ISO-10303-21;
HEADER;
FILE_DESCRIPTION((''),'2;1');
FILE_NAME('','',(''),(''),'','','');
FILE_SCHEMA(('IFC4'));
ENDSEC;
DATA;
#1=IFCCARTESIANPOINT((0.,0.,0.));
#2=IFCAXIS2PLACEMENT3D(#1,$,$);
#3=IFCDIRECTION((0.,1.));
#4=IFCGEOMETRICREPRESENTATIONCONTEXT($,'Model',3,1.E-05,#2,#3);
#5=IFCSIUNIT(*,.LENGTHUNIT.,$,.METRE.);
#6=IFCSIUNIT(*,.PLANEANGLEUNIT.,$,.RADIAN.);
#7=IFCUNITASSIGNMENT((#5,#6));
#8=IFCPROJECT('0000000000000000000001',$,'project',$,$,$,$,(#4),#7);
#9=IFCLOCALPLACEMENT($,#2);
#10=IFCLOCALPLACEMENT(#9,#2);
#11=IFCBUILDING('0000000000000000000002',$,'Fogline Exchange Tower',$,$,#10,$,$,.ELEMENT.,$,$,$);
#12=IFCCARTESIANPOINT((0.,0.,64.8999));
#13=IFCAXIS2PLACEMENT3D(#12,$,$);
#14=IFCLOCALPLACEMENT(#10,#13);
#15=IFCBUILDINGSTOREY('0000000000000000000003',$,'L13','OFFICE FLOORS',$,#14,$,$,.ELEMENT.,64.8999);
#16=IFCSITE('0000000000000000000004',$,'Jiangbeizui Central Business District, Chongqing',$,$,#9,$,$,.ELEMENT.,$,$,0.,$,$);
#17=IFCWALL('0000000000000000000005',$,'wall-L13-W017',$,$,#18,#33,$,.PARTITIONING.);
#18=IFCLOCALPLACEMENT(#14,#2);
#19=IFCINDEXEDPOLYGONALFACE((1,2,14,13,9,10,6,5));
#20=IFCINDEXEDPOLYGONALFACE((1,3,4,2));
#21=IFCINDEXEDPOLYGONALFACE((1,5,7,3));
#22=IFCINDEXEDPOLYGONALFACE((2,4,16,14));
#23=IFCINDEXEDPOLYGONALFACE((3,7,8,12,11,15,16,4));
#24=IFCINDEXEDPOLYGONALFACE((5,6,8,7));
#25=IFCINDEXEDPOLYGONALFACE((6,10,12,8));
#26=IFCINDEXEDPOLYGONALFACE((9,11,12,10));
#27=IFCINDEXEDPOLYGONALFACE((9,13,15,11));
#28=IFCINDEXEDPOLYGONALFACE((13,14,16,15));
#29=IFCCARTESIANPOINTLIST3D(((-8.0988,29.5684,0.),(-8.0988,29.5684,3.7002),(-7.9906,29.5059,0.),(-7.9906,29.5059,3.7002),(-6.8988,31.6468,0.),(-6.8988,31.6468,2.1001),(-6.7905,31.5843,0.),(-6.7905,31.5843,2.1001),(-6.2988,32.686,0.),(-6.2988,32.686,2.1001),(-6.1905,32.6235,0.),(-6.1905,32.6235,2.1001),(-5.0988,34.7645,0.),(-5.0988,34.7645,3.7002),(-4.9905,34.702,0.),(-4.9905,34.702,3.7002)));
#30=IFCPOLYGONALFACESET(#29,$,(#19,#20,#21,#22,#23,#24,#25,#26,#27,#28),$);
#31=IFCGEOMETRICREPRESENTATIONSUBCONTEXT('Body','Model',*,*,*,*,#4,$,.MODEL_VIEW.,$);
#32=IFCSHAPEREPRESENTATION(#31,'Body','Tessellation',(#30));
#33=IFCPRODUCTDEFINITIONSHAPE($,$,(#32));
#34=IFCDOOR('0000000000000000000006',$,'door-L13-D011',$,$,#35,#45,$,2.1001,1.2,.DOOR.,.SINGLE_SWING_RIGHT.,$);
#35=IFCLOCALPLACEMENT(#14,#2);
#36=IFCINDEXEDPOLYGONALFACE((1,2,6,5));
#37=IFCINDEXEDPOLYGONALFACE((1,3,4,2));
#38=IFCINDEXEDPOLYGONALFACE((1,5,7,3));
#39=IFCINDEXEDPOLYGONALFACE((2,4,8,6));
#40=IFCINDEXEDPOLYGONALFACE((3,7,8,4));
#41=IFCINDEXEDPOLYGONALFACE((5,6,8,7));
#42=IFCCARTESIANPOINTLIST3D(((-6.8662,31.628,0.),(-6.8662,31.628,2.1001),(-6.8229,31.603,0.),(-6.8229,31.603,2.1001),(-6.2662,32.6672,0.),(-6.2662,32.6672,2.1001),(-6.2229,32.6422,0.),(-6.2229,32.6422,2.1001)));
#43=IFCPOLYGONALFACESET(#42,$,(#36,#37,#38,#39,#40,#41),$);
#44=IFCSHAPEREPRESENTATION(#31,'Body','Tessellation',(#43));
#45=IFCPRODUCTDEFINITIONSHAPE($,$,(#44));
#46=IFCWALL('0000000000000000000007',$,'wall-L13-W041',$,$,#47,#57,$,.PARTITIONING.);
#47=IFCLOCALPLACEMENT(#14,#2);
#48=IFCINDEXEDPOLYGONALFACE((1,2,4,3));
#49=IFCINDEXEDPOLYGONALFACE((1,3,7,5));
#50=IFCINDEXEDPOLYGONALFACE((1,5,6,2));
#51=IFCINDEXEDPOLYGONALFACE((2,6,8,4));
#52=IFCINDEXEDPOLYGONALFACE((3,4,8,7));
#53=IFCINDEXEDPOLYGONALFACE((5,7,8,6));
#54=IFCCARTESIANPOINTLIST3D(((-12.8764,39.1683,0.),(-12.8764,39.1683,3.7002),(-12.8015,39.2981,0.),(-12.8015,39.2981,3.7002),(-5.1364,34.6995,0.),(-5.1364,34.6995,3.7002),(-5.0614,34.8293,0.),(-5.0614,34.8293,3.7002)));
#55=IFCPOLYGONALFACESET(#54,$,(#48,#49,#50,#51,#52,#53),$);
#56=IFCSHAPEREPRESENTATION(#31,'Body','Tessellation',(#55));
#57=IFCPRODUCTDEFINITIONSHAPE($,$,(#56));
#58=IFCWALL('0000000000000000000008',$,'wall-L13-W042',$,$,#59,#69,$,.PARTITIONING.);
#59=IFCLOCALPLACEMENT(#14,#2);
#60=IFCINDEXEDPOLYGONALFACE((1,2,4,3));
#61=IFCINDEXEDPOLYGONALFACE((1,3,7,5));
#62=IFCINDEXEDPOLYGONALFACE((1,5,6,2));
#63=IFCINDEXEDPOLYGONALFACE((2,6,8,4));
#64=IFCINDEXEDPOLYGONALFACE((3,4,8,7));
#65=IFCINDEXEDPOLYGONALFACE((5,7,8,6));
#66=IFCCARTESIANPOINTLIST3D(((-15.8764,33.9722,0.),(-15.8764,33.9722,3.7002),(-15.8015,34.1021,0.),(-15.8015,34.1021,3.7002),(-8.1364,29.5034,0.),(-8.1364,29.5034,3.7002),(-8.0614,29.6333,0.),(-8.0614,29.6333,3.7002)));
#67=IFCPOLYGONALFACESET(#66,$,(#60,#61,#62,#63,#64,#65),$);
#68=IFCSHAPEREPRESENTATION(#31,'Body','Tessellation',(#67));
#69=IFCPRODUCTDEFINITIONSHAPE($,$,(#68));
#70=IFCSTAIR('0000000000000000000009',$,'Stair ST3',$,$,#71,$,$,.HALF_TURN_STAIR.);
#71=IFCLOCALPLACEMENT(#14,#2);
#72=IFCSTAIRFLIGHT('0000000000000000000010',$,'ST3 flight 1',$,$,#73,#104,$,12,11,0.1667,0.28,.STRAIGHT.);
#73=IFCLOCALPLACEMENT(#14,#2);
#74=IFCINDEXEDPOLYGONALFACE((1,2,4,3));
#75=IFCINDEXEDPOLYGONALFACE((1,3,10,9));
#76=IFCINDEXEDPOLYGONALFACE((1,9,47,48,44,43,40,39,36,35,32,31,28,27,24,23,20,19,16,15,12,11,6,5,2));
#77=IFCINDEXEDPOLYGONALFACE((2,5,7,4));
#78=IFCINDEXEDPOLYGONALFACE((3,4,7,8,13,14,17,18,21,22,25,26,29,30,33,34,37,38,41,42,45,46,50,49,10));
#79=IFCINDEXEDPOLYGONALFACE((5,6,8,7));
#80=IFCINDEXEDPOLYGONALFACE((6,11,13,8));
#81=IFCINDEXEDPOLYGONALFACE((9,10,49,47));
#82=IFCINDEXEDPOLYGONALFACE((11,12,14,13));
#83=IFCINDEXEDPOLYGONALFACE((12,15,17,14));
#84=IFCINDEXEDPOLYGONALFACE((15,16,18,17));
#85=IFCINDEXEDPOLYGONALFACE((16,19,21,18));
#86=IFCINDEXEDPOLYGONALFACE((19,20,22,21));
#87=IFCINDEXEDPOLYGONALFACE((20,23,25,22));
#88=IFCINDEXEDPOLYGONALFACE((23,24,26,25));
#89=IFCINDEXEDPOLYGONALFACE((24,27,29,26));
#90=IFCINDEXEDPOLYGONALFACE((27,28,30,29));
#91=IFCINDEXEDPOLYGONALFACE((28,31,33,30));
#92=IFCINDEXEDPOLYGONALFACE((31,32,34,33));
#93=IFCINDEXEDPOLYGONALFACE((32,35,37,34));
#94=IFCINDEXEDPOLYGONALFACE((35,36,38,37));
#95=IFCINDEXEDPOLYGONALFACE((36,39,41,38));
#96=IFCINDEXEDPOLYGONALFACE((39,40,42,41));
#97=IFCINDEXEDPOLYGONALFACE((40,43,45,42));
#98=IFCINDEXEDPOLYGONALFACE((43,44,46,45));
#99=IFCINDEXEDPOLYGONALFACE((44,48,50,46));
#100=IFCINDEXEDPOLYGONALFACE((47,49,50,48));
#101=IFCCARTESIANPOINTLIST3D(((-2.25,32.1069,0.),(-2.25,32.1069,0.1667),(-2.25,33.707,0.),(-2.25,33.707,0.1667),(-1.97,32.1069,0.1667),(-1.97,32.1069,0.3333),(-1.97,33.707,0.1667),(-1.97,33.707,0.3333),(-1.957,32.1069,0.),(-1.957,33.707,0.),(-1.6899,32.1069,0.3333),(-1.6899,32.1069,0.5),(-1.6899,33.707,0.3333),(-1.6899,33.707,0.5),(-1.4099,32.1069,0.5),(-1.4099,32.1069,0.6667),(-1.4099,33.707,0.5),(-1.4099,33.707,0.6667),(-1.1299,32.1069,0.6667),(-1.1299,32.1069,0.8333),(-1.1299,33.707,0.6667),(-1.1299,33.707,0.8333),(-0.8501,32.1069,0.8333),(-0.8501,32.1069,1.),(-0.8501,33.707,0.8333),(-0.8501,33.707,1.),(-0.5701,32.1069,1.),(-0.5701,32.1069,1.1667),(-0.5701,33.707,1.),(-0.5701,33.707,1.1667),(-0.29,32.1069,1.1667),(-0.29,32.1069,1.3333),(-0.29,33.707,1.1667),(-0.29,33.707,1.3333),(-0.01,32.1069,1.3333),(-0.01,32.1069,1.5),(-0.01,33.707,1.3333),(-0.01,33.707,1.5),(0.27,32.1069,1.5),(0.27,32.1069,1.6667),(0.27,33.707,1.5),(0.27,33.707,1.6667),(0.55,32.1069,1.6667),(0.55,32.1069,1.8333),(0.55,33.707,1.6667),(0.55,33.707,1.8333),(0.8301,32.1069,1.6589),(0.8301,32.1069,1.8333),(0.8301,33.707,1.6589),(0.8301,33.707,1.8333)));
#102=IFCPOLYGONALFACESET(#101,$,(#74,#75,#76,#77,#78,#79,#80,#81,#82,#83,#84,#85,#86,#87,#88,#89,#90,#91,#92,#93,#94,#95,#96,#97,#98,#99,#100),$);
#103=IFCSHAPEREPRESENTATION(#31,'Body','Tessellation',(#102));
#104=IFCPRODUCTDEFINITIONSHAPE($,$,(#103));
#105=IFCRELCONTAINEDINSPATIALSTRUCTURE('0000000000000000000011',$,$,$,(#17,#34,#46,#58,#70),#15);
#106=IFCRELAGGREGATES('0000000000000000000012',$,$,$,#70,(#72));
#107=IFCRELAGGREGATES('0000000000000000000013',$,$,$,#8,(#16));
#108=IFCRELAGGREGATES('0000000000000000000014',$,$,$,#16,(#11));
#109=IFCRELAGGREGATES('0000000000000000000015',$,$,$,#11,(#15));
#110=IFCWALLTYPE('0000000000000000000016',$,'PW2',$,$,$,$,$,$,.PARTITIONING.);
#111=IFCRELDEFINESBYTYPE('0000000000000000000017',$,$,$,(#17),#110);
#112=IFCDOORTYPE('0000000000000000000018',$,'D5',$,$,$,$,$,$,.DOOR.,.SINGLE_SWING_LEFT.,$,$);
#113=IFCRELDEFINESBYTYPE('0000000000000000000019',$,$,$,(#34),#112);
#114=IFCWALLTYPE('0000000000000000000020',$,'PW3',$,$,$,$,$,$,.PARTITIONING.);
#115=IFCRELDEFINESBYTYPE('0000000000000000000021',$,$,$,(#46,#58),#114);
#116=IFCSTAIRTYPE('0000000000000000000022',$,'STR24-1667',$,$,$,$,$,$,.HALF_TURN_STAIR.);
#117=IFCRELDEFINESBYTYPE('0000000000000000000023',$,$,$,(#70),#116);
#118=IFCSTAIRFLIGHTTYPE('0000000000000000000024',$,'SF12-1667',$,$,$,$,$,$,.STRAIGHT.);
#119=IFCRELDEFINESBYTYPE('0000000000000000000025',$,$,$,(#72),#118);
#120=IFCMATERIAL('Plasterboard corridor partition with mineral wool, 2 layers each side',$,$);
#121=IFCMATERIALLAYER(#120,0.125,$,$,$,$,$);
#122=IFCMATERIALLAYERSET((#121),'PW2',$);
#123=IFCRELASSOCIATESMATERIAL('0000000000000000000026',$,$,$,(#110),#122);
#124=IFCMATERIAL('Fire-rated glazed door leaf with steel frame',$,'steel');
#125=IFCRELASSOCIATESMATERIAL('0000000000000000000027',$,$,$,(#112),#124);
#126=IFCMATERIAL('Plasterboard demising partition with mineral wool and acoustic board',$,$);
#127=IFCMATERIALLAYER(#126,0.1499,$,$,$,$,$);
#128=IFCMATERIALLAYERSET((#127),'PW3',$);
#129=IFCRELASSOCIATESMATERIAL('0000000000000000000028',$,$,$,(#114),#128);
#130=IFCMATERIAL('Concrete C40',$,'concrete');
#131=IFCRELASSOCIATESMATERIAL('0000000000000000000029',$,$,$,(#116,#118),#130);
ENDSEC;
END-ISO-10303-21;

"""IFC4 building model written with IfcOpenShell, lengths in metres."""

from ifc_helpers import new_model, si_unit, direction, frame, frame_2d, origin, place, context, subcontext, project, spatial, polyline, rectangle, outline, extrude, material, layer, layer_set, type_object, element, fill, aggregate, save


model = new_model("IFC4")

# Units and contexts
model_context = context("Model", 3, precision=1e-05, world=origin(), true_north=direction((0.0, 1.0)))
body_context = subcontext(model_context, "Body", "Model", "MODEL_VIEW")
ifc_project = project(units=[si_unit("LENGTHUNIT", "METRE"), si_unit("PLANEANGLEUNIT", "RADIAN")], contexts=[model_context])

# Site, building, storey
site_placement = place(None, origin())
site = spatial("IfcSite", under=ifc_project, at=site_placement, Name="Jiangbeizui Central Business District, Chongqing", CompositionType="ELEMENT", RefElevation=0.0)
building_placement = place(site_placement, origin())
building = spatial("IfcBuilding", under=site, at=building_placement, Name="Fogline Exchange Tower", CompositionType="ELEMENT")
storey_placement = place(building_placement, frame((0.0, 0.0, 64.8999)))
storey = spatial("IfcBuildingStorey", under=building, at=storey_placement, Name="L13", Description="OFFICE FLOORS", CompositionType="ELEMENT", Elevation=64.8999)

# Shared definitions
ifc_material_1 = material(Name="Concrete C40", Category="concrete")

# Wall, opening, door
ifc_material_2 = material(Name="Plasterboard corridor partition with mineral wool, 2 layers each side")
ifc_layer_1 = layer(ifc_material_2, 0.125)
ifc_layer_set_1 = layer_set([ifc_layer_1], Name="PW2")
wall_type_1 = type_object("IfcWallType", Name="PW2", PredefinedType="PARTITIONING", material=ifc_layer_set_1)
wall_1_placement = place(storey_placement, frame((-8.0447, 29.5371, 0.0), z_axis=(0.0, 0.0, 1.0), x_axis=(0.500008, 0.866021, 0.0)))
wall_1 = element("IfcWall", 1, at=wall_1_placement, inside=storey, type_object=wall_type_1, Name="wall-L13-W017", PredefinedType="PARTITIONING", context=body_context, shape_type="SweptSolid", body=[
    extrude(rectangle(XDim=6.0, YDim=0.125, at=frame_2d((3.0, 0.0))), origin(), (0.0, 0.0, 1.0), 3.7002),
])
opening_1_placement = place(wall_1_placement, frame((2.3999, 0.0, 0.0)))
opening_1 = element("IfcOpeningElement", 2, at=opening_1_placement, cuts=wall_1, PredefinedType="OPENING", context=body_context, shape_type="SweptSolid", body=[
    extrude(rectangle(XDim=1.2, YDim=2.1001, at=frame_2d((0.6001, 1.05))), frame((0.0, 0.0725, 0.0), z_axis=(0.0, -1.0, 0.0), x_axis=(1.0, 0.0, 0.0)), (0.0, 0.0, 1.0), 0.145),
])
ifc_material_3 = material(Name="Fire-rated glazed door leaf with steel frame", Category="steel")
door_type_1 = type_object("IfcDoorType", Name="D5", OperationType="SINGLE_SWING_LEFT", PredefinedType="DOOR", material=ifc_material_3)
door_1_placement = place(opening_1_placement, origin())
door_1 = element("IfcDoor", 3, at=door_1_placement, inside=storey, type_object=door_type_1, Name="door-L13-D011", OperationType="SINGLE_SWING_RIGHT", OverallHeight=2.1001, OverallWidth=1.2, PredefinedType="DOOR", context=body_context, shape_type="SweptSolid", body=[
    extrude(rectangle(XDim=1.2, YDim=2.1001, at=frame_2d((0.6001, 1.05))), frame((0.0, 0.0249, 0.0), z_axis=(0.0, -1.0, 0.0), x_axis=(1.0, 0.0, 0.0)), (0.0, 0.0, 1.0), 0.05),
])
fill(opening_1, door_1)

# Walls
ifc_material_4 = material(Name="Plasterboard demising partition with mineral wool and acoustic board")
ifc_layer_2 = layer(ifc_material_4, 0.1499)
ifc_layer_set_2 = layer_set([ifc_layer_2], Name="PW3")
wall_type_2 = type_object("IfcWallType", Name="PW3", PredefinedType="PARTITIONING", material=ifc_layer_set_2)
for number, where, z_axis, x_axis, name in (
    (4, (-5.0989, 34.7644, 0.0), (0.0, 0.0, 1.0), (-0.866022, 0.500005, 0.0), "wall-L13-W041"),
    (5, (-8.0989, 29.5684, 0.0), (0.0, 0.0, 1.0), (-0.866022, 0.500005, 0.0), "wall-L13-W042"),
):
    element("IfcWall", number, at=place(storey_placement, frame(where, z_axis=z_axis, x_axis=x_axis)), inside=storey, type_object=wall_type_2, Name=name, PredefinedType="PARTITIONING", context=body_context, shape_type="SweptSolid", body=[
        extrude(rectangle(XDim=8.9375, YDim=0.1499, at=frame_2d((4.4688, 0.0))), origin(), (0.0, 0.0, 1.0), 3.7002),
    ])

# Stair, stair flight
stair_type = type_object("IfcStairType", Name="STR24-1667", PredefinedType="HALF_TURN_STAIR", material=ifc_material_1)
stair_placement = place(storey_placement, origin())
stair = element("IfcStair", 6, at=stair_placement, inside=storey, type_object=stair_type, Name="Stair ST3", PredefinedType="HALF_TURN_STAIR")
stair_flight_type = type_object("IfcStairFlightType", Name="SF12-1667", PredefinedType="STRAIGHT", material=ifc_material_1)
stair_flight_placement = place(storey_placement, frame((-2.25, 32.907, 0.0), z_axis=(0.0, 0.0, 1.0), x_axis=(1.0, 0.0, 0.0)))
stair_flight = element("IfcStairFlight", 7, at=stair_flight_placement, type_object=stair_flight_type, Name="ST3 flight 1", NumberOfRisers=12, NumberOfTreads=11, PredefinedType="STRAIGHT", RiserHeight=0.1667, TreadLength=0.28, context=body_context, shape_type="SweptSolid", body=[
    extrude(outline(polyline([(0.0, 0.0), (0.0, 0.1667), (0.28, 0.1667), (0.28, 0.3333), (0.5601, 0.3333), (0.5601, 0.5), (0.8401, 0.5), (0.8401, 0.6667), (1.1201, 0.6667), (1.1201, 0.8333), (1.3999, 0.8333), (1.3999, 1.0), (1.6799, 1.0), (1.6799, 1.1667), (1.96, 1.1667), (1.96, 1.3333), (2.24, 1.3333), (2.24, 1.5), (2.52, 1.5), (2.52, 1.6667), (2.8, 1.6667), (2.8, 1.8333), (3.0801, 1.8333), (3.0801, 2.0), (3.0801, 1.6589), (0.293, 0.0), (0.0, 0.0)])), frame((0.0, 0.8, 0.0), z_axis=(0.0, -1.0, 0.0), x_axis=(1.0, 0.0, 0.0)), (0.0, 0.0, 1.0), 1.6001),
])
aggregate(stair, [stair_flight])

save(model, "model.ifc")
